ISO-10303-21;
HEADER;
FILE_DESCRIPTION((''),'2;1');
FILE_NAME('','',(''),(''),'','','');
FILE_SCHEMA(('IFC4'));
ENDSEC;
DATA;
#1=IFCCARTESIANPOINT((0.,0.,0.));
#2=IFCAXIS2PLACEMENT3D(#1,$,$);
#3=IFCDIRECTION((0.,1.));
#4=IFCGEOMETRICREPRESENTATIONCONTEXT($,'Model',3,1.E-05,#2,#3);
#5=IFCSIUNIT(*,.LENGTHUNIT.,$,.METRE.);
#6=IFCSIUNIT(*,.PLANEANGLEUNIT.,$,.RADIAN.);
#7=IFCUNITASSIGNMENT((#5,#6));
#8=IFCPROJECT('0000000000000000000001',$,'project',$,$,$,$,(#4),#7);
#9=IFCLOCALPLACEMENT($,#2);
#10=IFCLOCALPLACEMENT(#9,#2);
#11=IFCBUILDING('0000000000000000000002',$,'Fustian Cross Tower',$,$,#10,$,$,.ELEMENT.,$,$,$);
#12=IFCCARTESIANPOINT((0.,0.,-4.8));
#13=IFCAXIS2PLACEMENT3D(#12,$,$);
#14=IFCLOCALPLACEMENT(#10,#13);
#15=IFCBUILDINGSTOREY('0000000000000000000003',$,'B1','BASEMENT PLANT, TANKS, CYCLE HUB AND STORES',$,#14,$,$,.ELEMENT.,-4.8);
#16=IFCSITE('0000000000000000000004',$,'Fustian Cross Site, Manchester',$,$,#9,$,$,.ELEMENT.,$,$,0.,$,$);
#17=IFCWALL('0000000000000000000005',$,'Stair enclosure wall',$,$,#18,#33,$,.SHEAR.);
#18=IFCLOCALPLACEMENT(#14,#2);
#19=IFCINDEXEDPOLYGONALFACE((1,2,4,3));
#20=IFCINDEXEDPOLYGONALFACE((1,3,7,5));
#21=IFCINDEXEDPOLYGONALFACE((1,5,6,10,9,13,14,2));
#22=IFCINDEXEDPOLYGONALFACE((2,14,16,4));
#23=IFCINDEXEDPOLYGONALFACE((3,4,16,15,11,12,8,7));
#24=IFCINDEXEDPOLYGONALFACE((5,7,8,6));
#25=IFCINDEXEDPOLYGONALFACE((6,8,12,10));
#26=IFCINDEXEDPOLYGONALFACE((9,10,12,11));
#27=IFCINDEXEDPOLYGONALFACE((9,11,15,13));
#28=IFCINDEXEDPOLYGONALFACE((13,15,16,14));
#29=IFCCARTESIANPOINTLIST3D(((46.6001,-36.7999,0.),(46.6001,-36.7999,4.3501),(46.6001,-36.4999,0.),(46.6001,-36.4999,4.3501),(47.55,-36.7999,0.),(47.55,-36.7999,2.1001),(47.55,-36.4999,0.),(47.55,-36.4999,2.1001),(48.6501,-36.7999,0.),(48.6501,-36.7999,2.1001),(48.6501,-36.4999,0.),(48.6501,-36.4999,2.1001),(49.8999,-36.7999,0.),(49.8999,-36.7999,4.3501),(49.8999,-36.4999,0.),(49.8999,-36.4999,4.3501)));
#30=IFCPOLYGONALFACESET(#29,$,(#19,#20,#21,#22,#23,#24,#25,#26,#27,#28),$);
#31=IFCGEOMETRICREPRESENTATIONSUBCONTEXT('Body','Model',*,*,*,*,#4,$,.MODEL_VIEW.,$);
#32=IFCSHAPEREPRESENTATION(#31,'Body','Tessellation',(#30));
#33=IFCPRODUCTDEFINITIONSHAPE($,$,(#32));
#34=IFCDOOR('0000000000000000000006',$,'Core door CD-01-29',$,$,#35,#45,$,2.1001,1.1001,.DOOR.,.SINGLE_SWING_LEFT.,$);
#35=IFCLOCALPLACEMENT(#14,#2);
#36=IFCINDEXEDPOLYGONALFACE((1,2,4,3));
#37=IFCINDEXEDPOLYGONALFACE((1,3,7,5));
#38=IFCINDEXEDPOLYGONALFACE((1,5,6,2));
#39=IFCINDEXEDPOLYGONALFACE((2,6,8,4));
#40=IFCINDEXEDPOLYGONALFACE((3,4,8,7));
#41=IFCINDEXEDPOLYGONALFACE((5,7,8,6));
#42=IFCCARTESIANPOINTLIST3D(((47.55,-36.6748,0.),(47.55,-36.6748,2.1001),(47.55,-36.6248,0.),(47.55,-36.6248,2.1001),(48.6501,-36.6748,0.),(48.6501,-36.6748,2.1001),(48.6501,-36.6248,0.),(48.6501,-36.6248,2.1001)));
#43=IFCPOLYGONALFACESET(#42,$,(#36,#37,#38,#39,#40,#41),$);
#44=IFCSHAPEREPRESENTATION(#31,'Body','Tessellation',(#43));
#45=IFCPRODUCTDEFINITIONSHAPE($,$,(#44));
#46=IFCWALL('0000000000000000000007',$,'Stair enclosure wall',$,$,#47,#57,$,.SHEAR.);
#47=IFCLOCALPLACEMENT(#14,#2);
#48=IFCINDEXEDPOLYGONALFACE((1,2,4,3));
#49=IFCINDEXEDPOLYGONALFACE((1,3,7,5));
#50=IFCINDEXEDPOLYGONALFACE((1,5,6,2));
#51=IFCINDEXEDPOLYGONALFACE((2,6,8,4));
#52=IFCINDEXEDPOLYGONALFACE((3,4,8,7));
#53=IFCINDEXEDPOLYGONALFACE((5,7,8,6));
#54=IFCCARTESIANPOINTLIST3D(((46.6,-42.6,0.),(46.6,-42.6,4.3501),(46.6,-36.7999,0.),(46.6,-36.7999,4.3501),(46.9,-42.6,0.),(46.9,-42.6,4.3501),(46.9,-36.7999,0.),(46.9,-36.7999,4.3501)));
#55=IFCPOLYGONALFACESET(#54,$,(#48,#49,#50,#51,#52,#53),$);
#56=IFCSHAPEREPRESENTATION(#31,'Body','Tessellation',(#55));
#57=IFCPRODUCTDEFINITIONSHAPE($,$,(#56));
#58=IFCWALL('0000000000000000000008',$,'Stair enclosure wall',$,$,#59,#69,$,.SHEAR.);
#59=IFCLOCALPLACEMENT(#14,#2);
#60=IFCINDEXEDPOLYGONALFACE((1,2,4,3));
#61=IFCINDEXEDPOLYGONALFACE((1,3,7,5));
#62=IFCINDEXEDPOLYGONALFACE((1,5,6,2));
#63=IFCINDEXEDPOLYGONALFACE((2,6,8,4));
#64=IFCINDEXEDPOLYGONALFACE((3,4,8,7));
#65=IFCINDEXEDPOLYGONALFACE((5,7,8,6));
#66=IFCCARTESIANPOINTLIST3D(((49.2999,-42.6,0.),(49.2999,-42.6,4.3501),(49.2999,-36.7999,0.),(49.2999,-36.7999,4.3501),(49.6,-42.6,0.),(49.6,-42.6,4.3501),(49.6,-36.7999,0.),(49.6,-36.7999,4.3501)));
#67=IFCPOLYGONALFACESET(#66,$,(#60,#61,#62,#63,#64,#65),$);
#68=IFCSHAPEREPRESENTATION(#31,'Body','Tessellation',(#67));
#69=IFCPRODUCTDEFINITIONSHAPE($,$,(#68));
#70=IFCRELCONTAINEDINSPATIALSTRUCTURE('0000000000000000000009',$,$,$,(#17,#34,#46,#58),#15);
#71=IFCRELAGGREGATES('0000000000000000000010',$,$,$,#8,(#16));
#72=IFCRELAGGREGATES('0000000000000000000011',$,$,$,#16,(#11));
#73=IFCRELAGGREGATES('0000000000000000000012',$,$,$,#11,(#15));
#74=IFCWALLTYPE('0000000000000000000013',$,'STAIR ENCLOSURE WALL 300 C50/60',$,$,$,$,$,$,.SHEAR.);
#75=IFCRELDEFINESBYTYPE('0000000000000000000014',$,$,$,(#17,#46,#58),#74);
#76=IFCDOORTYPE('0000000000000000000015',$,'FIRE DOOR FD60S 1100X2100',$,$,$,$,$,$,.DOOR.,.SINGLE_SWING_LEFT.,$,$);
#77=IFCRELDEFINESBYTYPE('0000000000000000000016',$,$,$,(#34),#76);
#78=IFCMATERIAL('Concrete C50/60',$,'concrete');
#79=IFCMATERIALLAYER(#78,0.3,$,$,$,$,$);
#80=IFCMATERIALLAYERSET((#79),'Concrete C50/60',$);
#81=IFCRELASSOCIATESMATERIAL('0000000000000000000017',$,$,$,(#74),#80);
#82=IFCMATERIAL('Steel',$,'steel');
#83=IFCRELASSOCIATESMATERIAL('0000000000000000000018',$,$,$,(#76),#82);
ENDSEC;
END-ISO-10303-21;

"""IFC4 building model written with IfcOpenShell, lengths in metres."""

from ifc_helpers import new_model, si_unit, direction, frame, frame_2d, origin, place, context, subcontext, project, spatial, rectangle, extrude, material, layer, layer_set, type_object, element, fill, save


model = new_model("IFC4")

# Units and contexts
model_context = context("Model", 3, precision=1e-05, world=origin(), true_north=direction((0.0, 1.0)))
body_context = subcontext(model_context, "Body", "Model", "MODEL_VIEW")
ifc_project = project(units=[si_unit("LENGTHUNIT", "METRE"), si_unit("PLANEANGLEUNIT", "RADIAN")], contexts=[model_context])

# Site, building, storey
site_placement = place(None, origin())
site = spatial("IfcSite", under=ifc_project, at=site_placement, Name="Fustian Cross Site, Manchester", CompositionType="ELEMENT", RefElevation=0.0)
building_placement = place(site_placement, origin())
building = spatial("IfcBuilding", under=site, at=building_placement, Name="Fustian Cross Tower", CompositionType="ELEMENT")
storey_placement = place(building_placement, frame((0.0, 0.0, -4.8)))
storey = spatial("IfcBuildingStorey", under=building, at=storey_placement, Name="B1", Description="BASEMENT PLANT, TANKS, CYCLE HUB AND STORES", CompositionType="ELEMENT", Elevation=-4.8)

# Wall, opening, door
ifc_material_1 = material(Name="Concrete C50/60", Category="concrete")
ifc_layer_1 = layer(ifc_material_1, 0.3)
ifc_layer_set_1 = layer_set([ifc_layer_1], Name="Concrete C50/60")
wall_type_1 = type_object("IfcWallType", Name="STAIR ENCLOSURE WALL 300 C50/60", PredefinedType="SHEAR", material=ifc_layer_set_1)
wall_1_placement = place(storey_placement, frame((46.6001, -36.6499, 0.0), z_axis=(0.0, 0.0, 1.0), x_axis=(1.0, 0.0, 0.0)))
wall_1 = element("IfcWall", 1, at=wall_1_placement, inside=storey, type_object=wall_type_1, Name="Stair enclosure wall", PredefinedType="SHEAR", context=body_context, shape_type="SweptSolid", body=[
    extrude(rectangle(XDim=3.2998, YDim=0.3, at=frame_2d((1.6499, 0.0))), origin(), (0.0, 0.0, 1.0), 4.3501),
])
opening_1_placement = place(wall_1_placement, frame((0.95, 0.0, 0.0)))
opening_1 = element("IfcOpeningElement", 2, at=opening_1_placement, cuts=wall_1, PredefinedType="OPENING", context=body_context, shape_type="SweptSolid", body=[
    extrude(rectangle(XDim=1.1001, YDim=2.1001, at=frame_2d((0.55, 1.05))), frame((0.0, 0.1599, 0.0), z_axis=(0.0, -1.0, 0.0), x_axis=(1.0, 0.0, 0.0)), (0.0, 0.0, 1.0), 0.3201),
])
ifc_material_2 = material(Name="Steel", Category="steel")
door_type_1 = type_object("IfcDoorType", Name="FIRE DOOR FD60S 1100X2100", OperationType="SINGLE_SWING_LEFT", PredefinedType="DOOR", material=ifc_material_2)
door_1_placement = place(opening_1_placement, frame((1.1001, 0.0, 0.0), z_axis=(0.0, 0.0, 1.0), x_axis=(-1.0, 0.0, 0.0)))
door_1 = element("IfcDoor", 3, at=door_1_placement, inside=storey, type_object=door_type_1, Name="Core door CD-01-29", OperationType="SINGLE_SWING_LEFT", OverallHeight=2.1001, OverallWidth=1.1001, PredefinedType="DOOR", context=body_context, shape_type="SweptSolid", body=[
    extrude(rectangle(XDim=1.1001, YDim=2.1001, at=frame_2d((0.55, 1.05))), frame((0.0, 0.0249, 0.0), z_axis=(0.0, -1.0, 0.0), x_axis=(1.0, 0.0, 0.0)), (0.0, 0.0, 1.0), 0.05),
])
fill(opening_1, door_1)

# Walls
for number, where, z_axis, x_axis, name in (
    (4, (46.75, -36.8, 0.0), (0.0, 0.0, 1.0), (0.0, -1.0, 0.0), "Stair enclosure wall"),
    (5, (49.45, -36.8, 0.0), (0.0, 0.0, 1.0), (0.0, -1.0, 0.0), "Stair enclosure wall"),
):
    element("IfcWall", number, at=place(storey_placement, frame(where, z_axis=z_axis, x_axis=x_axis)), inside=storey, type_object=wall_type_1, Name=name, PredefinedType="SHEAR", context=body_context, shape_type="SweptSolid", body=[
        extrude(rectangle(XDim=5.8, YDim=0.3, at=frame_2d((2.8999, 0.0))), origin(), (0.0, 0.0, 1.0), 4.3501),
    ])

save(model, "model.ifc")
